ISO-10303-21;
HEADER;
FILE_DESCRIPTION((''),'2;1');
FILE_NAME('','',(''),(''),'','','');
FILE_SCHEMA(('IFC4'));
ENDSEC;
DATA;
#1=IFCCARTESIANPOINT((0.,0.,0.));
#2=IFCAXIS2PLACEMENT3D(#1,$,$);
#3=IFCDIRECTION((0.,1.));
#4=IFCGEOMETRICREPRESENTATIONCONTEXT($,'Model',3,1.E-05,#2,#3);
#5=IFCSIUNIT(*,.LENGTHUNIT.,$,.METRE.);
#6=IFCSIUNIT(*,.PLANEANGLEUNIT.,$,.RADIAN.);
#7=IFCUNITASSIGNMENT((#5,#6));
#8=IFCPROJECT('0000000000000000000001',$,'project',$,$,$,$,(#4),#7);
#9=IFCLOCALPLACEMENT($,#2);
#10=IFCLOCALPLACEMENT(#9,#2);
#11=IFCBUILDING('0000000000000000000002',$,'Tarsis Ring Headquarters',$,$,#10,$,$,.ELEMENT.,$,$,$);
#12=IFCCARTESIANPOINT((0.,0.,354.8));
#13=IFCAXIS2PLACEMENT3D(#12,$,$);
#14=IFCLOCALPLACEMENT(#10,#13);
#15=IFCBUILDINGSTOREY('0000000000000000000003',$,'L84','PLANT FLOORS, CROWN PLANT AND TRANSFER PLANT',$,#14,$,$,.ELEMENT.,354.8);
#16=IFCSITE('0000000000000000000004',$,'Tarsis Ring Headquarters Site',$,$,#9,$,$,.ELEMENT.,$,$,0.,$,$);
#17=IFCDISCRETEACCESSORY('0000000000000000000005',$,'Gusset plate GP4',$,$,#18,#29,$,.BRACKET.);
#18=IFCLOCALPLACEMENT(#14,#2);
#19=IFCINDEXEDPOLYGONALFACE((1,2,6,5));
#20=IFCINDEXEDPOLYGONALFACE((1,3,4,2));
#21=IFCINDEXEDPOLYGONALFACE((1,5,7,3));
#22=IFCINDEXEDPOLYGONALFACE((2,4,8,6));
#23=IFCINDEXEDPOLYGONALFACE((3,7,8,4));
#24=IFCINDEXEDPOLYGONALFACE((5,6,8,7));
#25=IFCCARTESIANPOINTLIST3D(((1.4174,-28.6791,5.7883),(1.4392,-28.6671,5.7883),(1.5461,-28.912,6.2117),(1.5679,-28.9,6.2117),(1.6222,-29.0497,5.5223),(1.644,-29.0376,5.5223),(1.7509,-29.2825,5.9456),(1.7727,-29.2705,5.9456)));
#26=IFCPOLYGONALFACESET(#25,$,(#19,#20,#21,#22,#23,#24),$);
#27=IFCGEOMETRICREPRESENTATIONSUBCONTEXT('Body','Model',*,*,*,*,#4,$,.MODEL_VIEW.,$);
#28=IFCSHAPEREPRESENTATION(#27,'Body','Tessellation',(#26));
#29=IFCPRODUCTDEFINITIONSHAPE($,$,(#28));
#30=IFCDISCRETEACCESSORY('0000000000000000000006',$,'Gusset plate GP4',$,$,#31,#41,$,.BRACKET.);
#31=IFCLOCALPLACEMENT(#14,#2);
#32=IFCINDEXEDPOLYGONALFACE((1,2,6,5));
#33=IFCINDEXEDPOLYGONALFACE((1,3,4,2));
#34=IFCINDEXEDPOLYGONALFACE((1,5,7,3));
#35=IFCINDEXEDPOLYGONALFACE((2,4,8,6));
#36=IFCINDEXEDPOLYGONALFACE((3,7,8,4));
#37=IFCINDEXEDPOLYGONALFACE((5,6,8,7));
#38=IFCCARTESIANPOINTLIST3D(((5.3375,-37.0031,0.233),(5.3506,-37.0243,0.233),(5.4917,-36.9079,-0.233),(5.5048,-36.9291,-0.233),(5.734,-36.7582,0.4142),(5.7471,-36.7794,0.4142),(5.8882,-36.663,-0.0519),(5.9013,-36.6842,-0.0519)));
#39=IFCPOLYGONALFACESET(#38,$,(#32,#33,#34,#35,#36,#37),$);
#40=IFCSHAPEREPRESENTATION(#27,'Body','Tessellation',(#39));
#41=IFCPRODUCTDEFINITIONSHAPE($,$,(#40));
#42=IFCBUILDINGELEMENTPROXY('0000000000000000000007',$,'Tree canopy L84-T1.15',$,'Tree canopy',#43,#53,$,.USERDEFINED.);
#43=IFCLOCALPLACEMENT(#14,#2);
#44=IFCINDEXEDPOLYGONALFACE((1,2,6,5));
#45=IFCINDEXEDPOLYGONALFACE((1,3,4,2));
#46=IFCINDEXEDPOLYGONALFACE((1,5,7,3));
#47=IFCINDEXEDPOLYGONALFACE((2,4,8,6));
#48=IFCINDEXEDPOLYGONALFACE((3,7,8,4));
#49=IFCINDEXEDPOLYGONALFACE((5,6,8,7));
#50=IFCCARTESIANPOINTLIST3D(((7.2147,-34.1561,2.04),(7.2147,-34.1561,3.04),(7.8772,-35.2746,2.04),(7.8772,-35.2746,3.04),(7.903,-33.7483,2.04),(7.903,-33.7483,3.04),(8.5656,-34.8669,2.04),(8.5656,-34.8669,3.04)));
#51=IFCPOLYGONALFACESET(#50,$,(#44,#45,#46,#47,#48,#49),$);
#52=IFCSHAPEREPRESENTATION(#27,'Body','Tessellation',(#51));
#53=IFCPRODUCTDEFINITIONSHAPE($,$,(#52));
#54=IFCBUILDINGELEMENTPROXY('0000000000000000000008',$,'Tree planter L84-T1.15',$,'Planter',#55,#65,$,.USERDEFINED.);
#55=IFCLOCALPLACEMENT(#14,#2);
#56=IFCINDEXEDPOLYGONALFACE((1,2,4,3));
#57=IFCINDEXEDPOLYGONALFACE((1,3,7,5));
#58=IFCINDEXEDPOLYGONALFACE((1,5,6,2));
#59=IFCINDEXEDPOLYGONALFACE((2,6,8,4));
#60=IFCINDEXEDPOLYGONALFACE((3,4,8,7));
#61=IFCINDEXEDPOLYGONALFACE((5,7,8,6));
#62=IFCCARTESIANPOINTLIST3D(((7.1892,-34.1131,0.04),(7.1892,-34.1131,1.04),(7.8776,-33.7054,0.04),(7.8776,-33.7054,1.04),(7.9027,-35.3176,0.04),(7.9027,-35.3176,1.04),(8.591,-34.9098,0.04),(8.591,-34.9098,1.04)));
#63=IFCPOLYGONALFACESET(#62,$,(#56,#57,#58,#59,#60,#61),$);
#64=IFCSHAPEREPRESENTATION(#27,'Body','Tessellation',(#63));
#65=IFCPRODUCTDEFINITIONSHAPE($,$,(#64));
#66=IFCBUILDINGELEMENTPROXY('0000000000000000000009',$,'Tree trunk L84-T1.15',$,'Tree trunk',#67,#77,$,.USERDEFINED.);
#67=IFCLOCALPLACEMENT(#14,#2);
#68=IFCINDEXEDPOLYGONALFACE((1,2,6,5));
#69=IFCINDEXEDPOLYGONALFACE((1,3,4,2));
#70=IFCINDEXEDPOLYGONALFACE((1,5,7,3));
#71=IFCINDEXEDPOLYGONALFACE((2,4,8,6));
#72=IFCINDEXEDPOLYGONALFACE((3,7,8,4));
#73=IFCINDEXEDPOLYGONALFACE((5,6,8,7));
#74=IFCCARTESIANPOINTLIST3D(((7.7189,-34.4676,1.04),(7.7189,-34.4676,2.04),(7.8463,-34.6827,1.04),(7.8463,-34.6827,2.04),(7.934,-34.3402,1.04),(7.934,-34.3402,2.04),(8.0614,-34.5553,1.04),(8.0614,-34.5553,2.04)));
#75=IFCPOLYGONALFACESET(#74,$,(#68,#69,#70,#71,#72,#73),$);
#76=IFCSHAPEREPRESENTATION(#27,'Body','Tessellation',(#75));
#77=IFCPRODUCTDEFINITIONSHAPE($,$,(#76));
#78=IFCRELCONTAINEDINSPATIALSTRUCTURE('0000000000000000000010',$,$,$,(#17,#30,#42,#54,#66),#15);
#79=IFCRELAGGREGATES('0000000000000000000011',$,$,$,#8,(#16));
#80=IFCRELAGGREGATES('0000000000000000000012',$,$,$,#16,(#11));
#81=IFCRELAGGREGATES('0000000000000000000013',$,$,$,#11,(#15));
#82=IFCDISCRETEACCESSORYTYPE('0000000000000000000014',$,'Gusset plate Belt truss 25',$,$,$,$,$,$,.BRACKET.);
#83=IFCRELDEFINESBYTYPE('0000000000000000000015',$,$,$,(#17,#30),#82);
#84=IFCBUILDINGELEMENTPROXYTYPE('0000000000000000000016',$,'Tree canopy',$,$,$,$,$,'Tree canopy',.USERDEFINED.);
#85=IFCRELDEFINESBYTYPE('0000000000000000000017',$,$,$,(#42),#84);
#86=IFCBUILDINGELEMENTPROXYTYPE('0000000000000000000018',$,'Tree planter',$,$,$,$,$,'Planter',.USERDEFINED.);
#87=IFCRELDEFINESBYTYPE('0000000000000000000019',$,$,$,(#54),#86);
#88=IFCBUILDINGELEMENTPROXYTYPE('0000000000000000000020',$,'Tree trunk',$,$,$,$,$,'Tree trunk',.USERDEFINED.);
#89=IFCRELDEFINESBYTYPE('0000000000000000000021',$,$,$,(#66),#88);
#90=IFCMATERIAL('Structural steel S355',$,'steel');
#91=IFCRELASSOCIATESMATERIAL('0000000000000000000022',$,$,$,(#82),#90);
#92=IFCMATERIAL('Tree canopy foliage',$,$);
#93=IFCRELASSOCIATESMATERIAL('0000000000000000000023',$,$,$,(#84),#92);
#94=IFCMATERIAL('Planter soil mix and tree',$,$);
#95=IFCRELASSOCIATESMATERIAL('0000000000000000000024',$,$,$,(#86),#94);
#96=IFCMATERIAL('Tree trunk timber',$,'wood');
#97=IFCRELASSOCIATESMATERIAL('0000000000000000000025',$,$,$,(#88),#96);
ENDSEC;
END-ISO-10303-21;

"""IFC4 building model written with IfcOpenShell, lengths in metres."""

from ifc_helpers import new_model, si_unit, direction, frame, origin, origin_2d, place, context, subcontext, project, spatial, rectangle, extrude, material, material_profile, profile_set, type_object, element, save


model = new_model("IFC4")

# Units and contexts
model_context = context("Model", 3, precision=1e-05, world=origin(), true_north=direction((0.0, 1.0)))
body_context = subcontext(model_context, "Body", "Model", "MODEL_VIEW")
ifc_project = project(units=[si_unit("LENGTHUNIT", "METRE"), si_unit("PLANEANGLEUNIT", "RADIAN")], contexts=[model_context])

# Site, building, storey
site_placement = place(None, origin())
site = spatial("IfcSite", under=ifc_project, at=site_placement, Name="Tarsis Ring Headquarters Site", CompositionType="ELEMENT", RefElevation=0.0)
building_placement = place(site_placement, origin())
building = spatial("IfcBuilding", under=site, at=building_placement, Name="Tarsis Ring Headquarters", CompositionType="ELEMENT")
storey_placement = place(building_placement, frame((0.0, 0.0, 354.8)))
storey = spatial("IfcBuildingStorey", under=building, at=storey_placement, Name="L84", Description="PLANT FLOORS, CROWN PLANT AND TRANSFER PLANT", CompositionType="ELEMENT", Elevation=354.8)

# Shared definitions
ifc_material_1 = material(Name="Structural steel S355", Category="steel")

# Discrete accessories
ifc_material_profile_1 = material_profile(ifc_material_1, rectangle(XDim=0.0249, YDim=0.5, at=origin_2d()), Name="PL 25x500")
ifc_profile_set_1 = profile_set([ifc_material_profile_1], Name="Structural steel S355")
discrete_accessory_type = type_object("IfcDiscreteAccessoryType", Name="Gusset plate Belt truss 25", PredefinedType="BRACKET", material=ifc_profile_set_1)
for number, where, z_axis, x_axis, name in (
    (1, (1.4927, -28.7896, 6.0), (0.409568, -0.741031, -0.532097), (0.875216, 0.483733, 0.0), "Gusset plate GP4"),
    (2, (5.4211, -36.9661, 0.0), (0.793002, 0.489767, 0.36232), (-0.525471, 0.850812, 0.0), "Gusset plate GP4"),
):
    element("IfcDiscreteAccessory", number, at=place(storey_placement, frame(where, z_axis=z_axis, x_axis=x_axis)), inside=storey, type_object=discrete_accessory_type, Name=name, PredefinedType="BRACKET", context=body_context, shape_type="SweptSolid", body=[
        extrude(rectangle(XDim=0.0249, YDim=0.5, at=origin_2d()), origin(), (0.0, 0.0, 1.0), 0.5),
    ])

# Building element proxies
ifc_material_2 = material(Name="Tree canopy foliage")
building_element_proxy_type_1 = type_object("IfcBuildingElementProxyType", Name="Tree canopy", ElementType="Tree canopy", PredefinedType="USERDEFINED", material=ifc_material_2)
proxy_1_placement = place(storey_placement, frame((7.8901, -34.5115, 2.04), z_axis=(0.0, 0.0, 1.0), x_axis=(-0.509642, 0.860386, 0.0)))
element("IfcBuildingElementProxy", 3, at=proxy_1_placement, inside=storey, type_object=building_element_proxy_type_1, Name="Tree canopy L84-T1.15", ObjectType="Tree canopy", PredefinedType="USERDEFINED", context=body_context, shape_type="SweptSolid", body=[
    extrude(rectangle(XDim=1.3, YDim=0.8, at=origin_2d()), origin(), (0.0, 0.0, 1.0), 1.0),
])
ifc_material_3 = material(Name="Planter soil mix and tree")
building_element_proxy_type_2 = type_object("IfcBuildingElementProxyType", Name="Tree planter", ElementType="Planter", PredefinedType="USERDEFINED", material=ifc_material_3)
proxy_2_placement = place(storey_placement, frame((7.8901, -34.5115, 0.04), z_axis=(0.0, 0.0, 1.0), x_axis=(-0.509642, 0.860386, 0.0)))
element("IfcBuildingElementProxy", 4, at=proxy_2_placement, inside=storey, type_object=building_element_proxy_type_2, Name="Tree planter L84-T1.15", ObjectType="Planter", PredefinedType="USERDEFINED", context=body_context, shape_type="SweptSolid", body=[
    extrude(rectangle(XDim=1.3999, YDim=0.8, at=origin_2d()), origin(), (0.0, 0.0, 1.0), 1.0),
])
ifc_material_4 = material(Name="Tree trunk timber", Category="wood")
building_element_proxy_type_3 = type_object("IfcBuildingElementProxyType", Name="Tree trunk", ElementType="Tree trunk", PredefinedType="USERDEFINED", material=ifc_material_4)
proxy_3_placement = place(storey_placement, frame((7.8901, -34.5115, 1.04), z_axis=(0.0, 0.0, 1.0), x_axis=(-0.509642, 0.860386, 0.0)))
element("IfcBuildingElementProxy", 5, at=proxy_3_placement, inside=storey, type_object=building_element_proxy_type_3, Name="Tree trunk L84-T1.15", ObjectType="Tree trunk", PredefinedType="USERDEFINED", context=body_context, shape_type="SweptSolid", body=[
    extrude(rectangle(XDim=0.25, YDim=0.25, at=origin_2d()), origin(), (0.0, 0.0, 1.0), 1.0),
])

save(model, "model.ifc")
